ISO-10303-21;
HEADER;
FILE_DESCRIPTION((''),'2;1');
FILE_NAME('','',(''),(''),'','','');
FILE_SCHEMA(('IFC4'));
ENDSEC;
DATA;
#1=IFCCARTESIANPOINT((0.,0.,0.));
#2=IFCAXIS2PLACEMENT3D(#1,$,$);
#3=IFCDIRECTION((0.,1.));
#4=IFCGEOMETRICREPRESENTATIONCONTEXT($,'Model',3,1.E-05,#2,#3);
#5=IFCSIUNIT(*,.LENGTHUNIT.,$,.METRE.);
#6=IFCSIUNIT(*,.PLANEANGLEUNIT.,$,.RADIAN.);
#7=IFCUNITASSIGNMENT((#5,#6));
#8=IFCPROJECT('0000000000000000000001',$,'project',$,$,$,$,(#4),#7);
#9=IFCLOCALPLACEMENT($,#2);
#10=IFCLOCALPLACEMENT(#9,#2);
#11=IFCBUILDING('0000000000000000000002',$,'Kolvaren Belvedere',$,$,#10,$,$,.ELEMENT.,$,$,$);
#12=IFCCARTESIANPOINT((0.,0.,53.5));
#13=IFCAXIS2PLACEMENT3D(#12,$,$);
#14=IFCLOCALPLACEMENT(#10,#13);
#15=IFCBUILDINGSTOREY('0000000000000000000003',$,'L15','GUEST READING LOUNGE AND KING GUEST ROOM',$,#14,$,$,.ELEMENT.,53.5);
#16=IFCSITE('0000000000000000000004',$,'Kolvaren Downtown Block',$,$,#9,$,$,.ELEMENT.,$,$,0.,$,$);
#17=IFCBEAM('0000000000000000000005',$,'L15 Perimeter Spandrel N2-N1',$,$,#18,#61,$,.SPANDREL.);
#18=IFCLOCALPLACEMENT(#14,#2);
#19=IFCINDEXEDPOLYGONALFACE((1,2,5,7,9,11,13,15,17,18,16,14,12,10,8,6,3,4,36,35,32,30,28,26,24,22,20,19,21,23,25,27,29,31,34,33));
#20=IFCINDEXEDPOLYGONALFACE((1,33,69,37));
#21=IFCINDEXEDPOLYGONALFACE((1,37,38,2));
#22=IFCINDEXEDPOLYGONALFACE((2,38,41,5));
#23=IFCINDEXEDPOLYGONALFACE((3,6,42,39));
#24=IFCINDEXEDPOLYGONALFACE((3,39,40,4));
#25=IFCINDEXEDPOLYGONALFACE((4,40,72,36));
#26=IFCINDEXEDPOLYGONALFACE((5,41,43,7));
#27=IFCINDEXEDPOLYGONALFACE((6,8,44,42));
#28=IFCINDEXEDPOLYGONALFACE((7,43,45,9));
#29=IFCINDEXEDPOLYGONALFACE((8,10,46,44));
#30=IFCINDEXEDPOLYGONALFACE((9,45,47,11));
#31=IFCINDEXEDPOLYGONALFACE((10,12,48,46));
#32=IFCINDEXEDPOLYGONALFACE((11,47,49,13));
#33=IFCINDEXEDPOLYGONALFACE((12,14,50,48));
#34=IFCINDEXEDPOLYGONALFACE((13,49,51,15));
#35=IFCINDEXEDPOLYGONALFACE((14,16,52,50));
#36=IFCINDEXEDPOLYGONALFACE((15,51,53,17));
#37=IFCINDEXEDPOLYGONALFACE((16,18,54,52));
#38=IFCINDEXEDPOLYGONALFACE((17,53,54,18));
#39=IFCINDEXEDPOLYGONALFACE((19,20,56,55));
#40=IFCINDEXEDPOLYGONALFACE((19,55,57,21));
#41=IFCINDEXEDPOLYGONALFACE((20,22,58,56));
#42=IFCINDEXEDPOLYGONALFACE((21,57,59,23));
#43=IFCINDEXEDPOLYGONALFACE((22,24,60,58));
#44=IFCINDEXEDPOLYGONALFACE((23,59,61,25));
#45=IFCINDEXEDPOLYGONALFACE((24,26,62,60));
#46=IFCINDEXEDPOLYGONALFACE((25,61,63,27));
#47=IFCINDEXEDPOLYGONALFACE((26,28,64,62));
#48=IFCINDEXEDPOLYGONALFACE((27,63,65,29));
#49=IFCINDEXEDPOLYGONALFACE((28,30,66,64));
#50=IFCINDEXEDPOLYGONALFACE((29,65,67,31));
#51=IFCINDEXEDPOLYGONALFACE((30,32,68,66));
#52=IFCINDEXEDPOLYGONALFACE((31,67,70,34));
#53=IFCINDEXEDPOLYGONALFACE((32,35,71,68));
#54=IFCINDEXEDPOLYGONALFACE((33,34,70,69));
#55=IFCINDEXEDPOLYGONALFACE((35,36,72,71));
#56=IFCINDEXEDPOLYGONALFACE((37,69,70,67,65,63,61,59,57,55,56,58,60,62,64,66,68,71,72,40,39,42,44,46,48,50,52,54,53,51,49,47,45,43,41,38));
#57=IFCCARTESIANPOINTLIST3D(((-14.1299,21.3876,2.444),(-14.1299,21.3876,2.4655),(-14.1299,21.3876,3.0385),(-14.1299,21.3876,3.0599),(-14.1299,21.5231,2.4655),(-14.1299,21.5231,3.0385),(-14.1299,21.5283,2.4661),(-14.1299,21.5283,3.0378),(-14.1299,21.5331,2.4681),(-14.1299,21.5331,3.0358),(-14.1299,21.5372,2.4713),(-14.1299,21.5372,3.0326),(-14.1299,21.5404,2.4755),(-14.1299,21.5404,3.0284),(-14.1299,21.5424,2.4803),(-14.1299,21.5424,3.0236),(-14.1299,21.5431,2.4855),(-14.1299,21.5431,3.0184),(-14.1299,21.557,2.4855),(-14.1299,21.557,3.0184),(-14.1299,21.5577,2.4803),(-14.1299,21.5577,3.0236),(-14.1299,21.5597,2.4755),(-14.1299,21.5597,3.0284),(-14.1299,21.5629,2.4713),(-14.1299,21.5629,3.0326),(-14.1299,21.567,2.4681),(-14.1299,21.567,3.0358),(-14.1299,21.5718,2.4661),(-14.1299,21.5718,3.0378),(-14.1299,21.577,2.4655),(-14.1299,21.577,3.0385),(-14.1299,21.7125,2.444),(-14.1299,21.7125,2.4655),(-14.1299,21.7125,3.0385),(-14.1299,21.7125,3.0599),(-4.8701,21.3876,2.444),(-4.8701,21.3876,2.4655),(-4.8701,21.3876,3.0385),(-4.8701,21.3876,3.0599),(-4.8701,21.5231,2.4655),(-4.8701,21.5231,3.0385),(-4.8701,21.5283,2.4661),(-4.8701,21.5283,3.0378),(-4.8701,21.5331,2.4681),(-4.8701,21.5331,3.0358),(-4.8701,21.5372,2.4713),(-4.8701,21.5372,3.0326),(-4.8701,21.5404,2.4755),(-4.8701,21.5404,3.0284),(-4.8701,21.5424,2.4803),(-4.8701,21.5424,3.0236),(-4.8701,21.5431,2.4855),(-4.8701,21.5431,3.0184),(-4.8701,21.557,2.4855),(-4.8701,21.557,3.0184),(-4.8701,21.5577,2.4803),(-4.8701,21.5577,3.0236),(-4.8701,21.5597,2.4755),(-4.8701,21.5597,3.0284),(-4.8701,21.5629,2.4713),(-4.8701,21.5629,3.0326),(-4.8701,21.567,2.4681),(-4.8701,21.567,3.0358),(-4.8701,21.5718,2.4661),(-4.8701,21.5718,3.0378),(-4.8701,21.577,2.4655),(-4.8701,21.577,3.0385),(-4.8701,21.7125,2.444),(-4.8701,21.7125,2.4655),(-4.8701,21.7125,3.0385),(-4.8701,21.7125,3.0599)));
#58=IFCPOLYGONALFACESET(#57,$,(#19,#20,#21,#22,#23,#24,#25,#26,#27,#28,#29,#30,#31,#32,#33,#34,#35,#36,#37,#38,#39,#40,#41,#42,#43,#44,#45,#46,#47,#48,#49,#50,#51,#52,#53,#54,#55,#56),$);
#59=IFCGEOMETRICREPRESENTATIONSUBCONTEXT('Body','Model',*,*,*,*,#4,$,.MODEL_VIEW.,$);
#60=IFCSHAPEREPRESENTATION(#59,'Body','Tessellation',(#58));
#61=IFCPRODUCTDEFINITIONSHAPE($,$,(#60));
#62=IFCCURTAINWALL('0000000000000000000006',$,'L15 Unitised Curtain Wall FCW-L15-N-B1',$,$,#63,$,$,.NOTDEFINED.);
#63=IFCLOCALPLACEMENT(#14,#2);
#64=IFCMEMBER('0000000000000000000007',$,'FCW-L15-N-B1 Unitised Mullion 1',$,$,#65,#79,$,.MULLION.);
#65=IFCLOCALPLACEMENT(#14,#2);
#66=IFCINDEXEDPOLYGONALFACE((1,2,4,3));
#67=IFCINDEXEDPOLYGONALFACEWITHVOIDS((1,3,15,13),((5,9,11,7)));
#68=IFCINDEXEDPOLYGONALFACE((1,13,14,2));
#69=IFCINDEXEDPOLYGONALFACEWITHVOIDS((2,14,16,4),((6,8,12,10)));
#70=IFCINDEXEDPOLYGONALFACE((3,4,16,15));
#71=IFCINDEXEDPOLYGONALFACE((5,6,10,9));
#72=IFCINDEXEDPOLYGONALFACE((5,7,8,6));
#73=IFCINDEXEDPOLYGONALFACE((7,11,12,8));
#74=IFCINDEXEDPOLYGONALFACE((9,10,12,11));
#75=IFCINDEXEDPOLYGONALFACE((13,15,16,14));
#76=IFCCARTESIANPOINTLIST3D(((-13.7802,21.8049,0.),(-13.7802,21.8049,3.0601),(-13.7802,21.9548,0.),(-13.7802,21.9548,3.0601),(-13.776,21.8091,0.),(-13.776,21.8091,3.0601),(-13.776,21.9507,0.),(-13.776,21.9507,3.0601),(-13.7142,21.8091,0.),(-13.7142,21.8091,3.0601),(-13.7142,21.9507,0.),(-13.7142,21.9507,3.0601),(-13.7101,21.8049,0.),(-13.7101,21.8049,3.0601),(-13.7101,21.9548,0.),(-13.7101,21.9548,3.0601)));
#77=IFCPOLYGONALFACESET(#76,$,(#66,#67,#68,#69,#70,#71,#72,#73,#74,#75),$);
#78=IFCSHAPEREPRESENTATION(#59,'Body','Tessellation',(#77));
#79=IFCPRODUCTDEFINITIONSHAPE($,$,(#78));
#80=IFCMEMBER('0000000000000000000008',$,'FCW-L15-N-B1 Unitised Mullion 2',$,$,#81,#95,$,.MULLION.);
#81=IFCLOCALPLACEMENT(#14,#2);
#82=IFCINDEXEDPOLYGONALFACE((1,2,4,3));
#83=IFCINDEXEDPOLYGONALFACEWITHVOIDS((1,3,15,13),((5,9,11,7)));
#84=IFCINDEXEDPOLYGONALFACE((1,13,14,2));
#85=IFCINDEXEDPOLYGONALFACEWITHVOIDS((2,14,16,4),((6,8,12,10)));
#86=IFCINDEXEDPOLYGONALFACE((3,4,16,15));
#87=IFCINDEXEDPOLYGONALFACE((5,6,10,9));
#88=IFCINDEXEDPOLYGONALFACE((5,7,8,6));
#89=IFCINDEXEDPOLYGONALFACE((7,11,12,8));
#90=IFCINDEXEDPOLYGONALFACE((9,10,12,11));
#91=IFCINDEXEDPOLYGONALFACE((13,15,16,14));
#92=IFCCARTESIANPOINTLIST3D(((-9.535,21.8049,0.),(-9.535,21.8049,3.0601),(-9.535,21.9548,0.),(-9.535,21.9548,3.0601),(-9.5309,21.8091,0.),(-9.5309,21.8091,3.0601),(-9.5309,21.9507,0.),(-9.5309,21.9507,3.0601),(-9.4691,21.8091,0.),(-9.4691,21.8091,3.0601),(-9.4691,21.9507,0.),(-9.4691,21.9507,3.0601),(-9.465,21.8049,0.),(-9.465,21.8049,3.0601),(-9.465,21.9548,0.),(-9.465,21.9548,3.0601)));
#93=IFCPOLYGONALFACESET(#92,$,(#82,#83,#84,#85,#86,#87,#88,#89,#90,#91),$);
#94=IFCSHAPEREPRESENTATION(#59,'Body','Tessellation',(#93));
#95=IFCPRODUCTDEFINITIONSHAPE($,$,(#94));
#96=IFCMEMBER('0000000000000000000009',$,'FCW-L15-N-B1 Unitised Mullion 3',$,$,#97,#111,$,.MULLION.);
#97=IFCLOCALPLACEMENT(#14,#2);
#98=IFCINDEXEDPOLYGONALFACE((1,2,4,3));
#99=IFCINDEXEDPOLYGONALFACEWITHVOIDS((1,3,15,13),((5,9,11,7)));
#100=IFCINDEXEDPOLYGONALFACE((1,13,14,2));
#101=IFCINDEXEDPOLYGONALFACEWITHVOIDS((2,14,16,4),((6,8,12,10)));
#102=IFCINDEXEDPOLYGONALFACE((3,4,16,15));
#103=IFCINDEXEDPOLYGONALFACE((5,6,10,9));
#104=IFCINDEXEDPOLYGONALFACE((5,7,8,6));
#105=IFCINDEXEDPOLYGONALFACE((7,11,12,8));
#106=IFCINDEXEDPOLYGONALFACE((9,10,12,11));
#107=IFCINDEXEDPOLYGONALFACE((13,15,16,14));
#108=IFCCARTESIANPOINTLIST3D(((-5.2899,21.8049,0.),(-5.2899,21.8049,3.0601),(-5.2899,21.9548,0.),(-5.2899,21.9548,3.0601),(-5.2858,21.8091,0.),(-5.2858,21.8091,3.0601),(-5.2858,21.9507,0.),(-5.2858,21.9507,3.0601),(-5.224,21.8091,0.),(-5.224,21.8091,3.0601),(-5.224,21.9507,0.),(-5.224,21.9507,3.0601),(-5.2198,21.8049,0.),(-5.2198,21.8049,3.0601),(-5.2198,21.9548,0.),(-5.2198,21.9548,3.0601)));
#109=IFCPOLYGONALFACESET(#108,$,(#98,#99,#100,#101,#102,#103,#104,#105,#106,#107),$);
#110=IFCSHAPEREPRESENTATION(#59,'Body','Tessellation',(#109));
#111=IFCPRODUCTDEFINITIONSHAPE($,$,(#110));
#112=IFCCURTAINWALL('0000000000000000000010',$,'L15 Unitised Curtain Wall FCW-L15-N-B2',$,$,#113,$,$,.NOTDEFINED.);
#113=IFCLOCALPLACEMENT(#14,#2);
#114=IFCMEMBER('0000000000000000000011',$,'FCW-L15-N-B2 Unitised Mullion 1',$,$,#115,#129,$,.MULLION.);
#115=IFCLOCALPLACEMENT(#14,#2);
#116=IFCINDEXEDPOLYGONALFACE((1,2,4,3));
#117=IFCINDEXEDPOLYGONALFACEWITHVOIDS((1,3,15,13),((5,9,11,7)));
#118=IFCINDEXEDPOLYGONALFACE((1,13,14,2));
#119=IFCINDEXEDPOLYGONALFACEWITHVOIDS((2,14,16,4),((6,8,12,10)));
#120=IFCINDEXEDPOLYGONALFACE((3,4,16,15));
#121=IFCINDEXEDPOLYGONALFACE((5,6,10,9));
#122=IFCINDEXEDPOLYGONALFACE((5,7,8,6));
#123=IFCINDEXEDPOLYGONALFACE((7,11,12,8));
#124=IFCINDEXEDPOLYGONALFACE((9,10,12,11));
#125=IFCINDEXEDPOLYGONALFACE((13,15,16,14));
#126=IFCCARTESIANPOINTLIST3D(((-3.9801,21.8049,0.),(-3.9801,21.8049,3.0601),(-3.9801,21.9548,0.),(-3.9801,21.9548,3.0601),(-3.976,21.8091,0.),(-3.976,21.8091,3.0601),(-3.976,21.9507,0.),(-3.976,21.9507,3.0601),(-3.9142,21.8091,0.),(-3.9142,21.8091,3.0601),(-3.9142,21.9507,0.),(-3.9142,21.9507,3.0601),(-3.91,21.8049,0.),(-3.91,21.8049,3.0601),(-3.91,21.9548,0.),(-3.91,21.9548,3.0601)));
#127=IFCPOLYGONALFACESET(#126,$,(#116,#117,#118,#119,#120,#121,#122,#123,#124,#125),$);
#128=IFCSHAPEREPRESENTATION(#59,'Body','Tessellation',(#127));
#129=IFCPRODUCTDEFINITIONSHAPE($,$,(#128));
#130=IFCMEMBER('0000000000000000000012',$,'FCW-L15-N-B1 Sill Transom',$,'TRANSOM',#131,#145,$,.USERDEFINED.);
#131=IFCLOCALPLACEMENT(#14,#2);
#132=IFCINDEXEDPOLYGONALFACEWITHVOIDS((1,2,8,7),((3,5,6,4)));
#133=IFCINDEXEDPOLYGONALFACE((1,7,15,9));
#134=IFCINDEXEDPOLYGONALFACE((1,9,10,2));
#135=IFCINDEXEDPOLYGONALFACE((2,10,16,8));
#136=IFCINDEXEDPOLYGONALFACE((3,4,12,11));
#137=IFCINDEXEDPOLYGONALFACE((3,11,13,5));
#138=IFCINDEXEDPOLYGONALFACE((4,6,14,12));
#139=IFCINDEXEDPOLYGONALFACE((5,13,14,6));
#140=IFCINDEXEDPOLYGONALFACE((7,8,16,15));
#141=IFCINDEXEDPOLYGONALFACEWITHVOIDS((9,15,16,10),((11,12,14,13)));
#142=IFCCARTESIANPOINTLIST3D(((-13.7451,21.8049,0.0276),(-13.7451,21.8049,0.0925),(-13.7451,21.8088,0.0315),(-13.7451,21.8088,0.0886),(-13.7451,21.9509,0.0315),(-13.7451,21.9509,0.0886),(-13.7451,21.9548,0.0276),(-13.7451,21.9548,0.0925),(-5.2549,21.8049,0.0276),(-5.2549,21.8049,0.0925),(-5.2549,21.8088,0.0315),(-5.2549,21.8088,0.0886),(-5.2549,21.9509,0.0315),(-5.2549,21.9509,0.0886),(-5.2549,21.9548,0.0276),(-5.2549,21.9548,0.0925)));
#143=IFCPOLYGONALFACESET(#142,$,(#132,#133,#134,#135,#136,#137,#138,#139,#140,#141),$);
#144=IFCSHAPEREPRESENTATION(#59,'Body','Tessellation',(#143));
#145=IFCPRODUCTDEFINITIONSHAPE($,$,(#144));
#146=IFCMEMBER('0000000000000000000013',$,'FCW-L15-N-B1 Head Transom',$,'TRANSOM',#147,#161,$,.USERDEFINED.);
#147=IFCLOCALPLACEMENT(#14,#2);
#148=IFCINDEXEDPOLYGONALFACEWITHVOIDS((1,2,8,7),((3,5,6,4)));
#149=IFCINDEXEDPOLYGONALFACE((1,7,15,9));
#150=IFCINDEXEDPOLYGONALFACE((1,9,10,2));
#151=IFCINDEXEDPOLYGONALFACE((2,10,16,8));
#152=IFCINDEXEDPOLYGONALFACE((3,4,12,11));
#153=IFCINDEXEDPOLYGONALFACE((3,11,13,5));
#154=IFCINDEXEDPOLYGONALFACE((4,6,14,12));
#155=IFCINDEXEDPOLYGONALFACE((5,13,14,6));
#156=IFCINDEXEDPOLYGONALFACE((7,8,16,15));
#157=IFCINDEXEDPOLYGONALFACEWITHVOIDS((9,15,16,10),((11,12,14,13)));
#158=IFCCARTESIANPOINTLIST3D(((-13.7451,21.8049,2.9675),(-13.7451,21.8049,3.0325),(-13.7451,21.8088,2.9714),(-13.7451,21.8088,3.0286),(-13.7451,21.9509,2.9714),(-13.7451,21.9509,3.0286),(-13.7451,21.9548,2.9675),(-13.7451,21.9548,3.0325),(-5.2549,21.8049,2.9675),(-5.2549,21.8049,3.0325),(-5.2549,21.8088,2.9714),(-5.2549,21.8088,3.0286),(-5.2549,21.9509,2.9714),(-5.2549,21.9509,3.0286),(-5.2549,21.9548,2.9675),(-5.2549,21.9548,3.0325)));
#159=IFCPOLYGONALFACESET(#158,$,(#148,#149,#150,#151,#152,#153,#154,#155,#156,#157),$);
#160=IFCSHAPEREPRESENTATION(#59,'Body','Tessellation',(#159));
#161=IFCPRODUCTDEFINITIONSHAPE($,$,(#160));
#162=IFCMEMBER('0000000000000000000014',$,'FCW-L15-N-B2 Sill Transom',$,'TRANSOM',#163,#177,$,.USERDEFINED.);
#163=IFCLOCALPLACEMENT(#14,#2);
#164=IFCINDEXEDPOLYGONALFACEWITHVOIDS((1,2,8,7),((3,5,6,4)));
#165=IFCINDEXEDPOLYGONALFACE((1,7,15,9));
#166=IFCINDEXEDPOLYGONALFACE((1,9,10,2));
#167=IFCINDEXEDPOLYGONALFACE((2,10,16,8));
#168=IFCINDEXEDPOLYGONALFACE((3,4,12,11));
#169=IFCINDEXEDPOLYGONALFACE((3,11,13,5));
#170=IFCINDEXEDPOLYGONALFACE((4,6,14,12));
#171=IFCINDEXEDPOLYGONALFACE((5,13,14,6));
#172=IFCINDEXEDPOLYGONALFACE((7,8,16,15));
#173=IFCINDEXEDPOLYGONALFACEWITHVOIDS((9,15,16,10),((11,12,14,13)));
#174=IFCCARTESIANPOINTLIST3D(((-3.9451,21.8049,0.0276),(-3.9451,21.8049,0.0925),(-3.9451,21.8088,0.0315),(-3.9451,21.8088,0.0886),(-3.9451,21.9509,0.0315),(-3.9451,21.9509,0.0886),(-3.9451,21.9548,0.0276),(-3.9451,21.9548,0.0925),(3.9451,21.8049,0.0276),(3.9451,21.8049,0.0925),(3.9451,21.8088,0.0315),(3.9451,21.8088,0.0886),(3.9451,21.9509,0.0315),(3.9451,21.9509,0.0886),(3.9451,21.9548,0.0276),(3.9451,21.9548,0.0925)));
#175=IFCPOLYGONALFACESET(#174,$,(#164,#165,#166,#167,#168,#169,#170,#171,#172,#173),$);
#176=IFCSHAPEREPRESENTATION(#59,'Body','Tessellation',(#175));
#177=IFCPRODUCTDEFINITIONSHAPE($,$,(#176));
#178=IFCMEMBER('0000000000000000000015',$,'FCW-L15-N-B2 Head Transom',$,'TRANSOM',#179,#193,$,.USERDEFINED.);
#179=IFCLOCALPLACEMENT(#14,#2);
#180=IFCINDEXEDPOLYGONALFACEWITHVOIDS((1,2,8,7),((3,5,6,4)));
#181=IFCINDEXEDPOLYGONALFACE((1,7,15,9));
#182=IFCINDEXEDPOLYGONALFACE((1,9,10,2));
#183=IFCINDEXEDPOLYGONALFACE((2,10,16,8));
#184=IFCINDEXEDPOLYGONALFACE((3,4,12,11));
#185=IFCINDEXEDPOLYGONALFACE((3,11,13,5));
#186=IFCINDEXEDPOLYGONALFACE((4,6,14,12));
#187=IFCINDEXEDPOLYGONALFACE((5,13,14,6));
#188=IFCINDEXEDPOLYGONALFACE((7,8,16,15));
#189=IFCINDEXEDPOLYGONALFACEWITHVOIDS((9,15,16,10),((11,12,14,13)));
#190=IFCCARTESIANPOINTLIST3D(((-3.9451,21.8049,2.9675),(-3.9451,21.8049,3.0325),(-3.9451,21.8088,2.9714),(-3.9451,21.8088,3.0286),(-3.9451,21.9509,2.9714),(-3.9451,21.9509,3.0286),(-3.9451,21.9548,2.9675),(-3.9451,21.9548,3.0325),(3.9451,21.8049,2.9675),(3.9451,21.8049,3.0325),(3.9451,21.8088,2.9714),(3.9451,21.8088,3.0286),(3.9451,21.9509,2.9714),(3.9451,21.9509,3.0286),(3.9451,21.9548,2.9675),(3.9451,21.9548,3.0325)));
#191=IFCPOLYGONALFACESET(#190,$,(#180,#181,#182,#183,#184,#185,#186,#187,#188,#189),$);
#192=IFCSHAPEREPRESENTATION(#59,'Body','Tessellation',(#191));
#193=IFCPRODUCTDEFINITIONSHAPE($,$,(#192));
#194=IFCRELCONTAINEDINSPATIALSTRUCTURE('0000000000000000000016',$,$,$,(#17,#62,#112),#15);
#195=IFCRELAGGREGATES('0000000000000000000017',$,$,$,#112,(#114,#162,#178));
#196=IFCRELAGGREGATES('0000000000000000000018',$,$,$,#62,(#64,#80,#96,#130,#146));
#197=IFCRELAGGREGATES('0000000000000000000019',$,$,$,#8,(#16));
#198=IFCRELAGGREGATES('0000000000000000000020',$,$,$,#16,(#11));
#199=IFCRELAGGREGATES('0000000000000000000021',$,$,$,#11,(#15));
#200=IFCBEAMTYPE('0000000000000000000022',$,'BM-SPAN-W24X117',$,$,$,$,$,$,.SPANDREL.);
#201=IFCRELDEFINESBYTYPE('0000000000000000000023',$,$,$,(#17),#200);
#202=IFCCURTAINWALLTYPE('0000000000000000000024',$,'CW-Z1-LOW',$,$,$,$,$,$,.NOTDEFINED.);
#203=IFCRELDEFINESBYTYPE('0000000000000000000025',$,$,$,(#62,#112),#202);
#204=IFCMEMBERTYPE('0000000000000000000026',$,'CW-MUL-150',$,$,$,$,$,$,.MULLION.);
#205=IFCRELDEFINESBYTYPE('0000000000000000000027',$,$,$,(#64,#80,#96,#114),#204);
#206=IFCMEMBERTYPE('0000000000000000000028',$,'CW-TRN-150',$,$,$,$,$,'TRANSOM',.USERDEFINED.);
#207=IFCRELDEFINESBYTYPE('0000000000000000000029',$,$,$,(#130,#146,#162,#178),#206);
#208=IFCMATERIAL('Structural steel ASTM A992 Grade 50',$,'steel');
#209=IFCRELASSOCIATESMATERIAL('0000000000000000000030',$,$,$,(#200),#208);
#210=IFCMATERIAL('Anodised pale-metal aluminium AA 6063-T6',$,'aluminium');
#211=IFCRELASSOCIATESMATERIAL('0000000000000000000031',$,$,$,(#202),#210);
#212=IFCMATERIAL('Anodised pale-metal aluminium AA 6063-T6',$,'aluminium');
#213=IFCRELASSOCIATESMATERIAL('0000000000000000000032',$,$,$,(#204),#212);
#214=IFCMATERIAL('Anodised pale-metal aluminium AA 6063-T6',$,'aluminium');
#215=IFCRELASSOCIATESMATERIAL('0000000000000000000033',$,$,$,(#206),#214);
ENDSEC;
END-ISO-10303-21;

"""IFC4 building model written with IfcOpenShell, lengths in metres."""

from ifc_helpers import new_model, si_unit, direction, frame, origin, origin_2d, place, context, subcontext, project, spatial, hollow_rectangle, i_section, extrude, material, material_profile, profile_set, type_object, element, aggregate, save


model = new_model("IFC4")

# Units and contexts
model_context = context("Model", 3, precision=1e-05, world=origin(), true_north=direction((0.0, 1.0)))
body_context = subcontext(model_context, "Body", "Model", "MODEL_VIEW")
ifc_project = project(units=[si_unit("LENGTHUNIT", "METRE"), si_unit("PLANEANGLEUNIT", "RADIAN")], contexts=[model_context])

# Site, building, storey
site_placement = place(None, origin())
site = spatial("IfcSite", under=ifc_project, at=site_placement, Name="Kolvaren Downtown Block", CompositionType="ELEMENT", RefElevation=0.0)
building_placement = place(site_placement, origin())
building = spatial("IfcBuilding", under=site, at=building_placement, Name="Kolvaren Belvedere", CompositionType="ELEMENT")
storey_placement = place(building_placement, frame((0.0, 0.0, 53.5)))
storey = spatial("IfcBuildingStorey", under=building, at=storey_placement, Name="L15", Description="GUEST READING LOUNGE AND KING GUEST ROOM", CompositionType="ELEMENT", Elevation=53.5)

# Beam
ifc_material_1 = material(Name="Structural steel ASTM A992 Grade 50", Category="steel")
ifc_material_profile_1 = material_profile(ifc_material_1, i_section(OverallWidth=0.325, OverallDepth=0.616, WebThickness=0.0139, FlangeThickness=0.0215, FilletRadius=0.02, at=origin_2d()), Name="W24X117")
ifc_profile_set_1 = profile_set([ifc_material_profile_1], Name="Structural steel ASTM A992 Grade 50")
beam_type_1 = type_object("IfcBeamType", Name="BM-SPAN-W24X117", PredefinedType="SPANDREL", material=ifc_profile_set_1)
beam_1_placement = place(storey_placement, frame((-4.8701, 21.55, 2.752), z_axis=(-1.0, 0.0, 0.0), x_axis=(0.0, -1.0, 0.0)))
element("IfcBeam", 1, at=beam_1_placement, inside=storey, type_object=beam_type_1, Name="L15 Perimeter Spandrel N2-N1", PredefinedType="SPANDREL", context=body_context, shape_type="SweptSolid", body=[
    extrude(i_section(OverallWidth=0.325, OverallDepth=0.616, WebThickness=0.0139, FlangeThickness=0.0215, FilletRadius=0.02, at=origin_2d()), origin(), (0.0, 0.0, 1.0), 9.2598),
])

# Curtain wall, members
ifc_material_2 = material(Name="Anodised pale-metal aluminium AA 6063-T6", Category="aluminium")
curtain_wall_type = type_object("IfcCurtainWallType", Name="CW-Z1-LOW", PredefinedType="NOTDEFINED", material=ifc_material_2)
curtain_wall_1_placement = place(storey_placement, origin())
curtain_wall_1 = element("IfcCurtainWall", 2, at=curtain_wall_1_placement, inside=storey, type_object=curtain_wall_type, Name="L15 Unitised Curtain Wall FCW-L15-N-B1", PredefinedType="NOTDEFINED")
ifc_material_3 = material(Name="Anodised pale-metal aluminium AA 6063-T6", Category="aluminium")
ifc_material_profile_2 = material_profile(ifc_material_3, hollow_rectangle(XDim=0.0701, YDim=0.1499, WallThickness=0.0042, at=origin_2d()), Name="ALU-MUL-150X70")
ifc_profile_set_2 = profile_set([ifc_material_profile_2], Name="Anodised pale-metal aluminium AA 6063-T6")
member_type_1 = type_object("IfcMemberType", Name="CW-MUL-150", PredefinedType="MULLION", material=ifc_profile_set_2)
member_1_placement = place(storey_placement, frame((-13.7451, 21.8799, 0.0), z_axis=(0.0, 0.0, 1.0), x_axis=(1.0, 0.0, 0.0)))
member_1 = element("IfcMember", 3, at=member_1_placement, type_object=member_type_1, Name="FCW-L15-N-B1 Unitised Mullion 1", PredefinedType="MULLION", context=body_context, shape_type="SweptSolid", body=[
    extrude(hollow_rectangle(XDim=0.0701, YDim=0.1499, WallThickness=0.0042, at=origin_2d()), origin(), (0.0, 0.0, 1.0), 3.0601),
])
member_2_placement = place(storey_placement, frame((-9.5, 21.8799, 0.0), z_axis=(0.0, 0.0, 1.0), x_axis=(1.0, 0.0, 0.0)))
member_2 = element("IfcMember", 4, at=member_2_placement, type_object=member_type_1, Name="FCW-L15-N-B1 Unitised Mullion 2", PredefinedType="MULLION", context=body_context, shape_type="SweptSolid", body=[
    extrude(hollow_rectangle(XDim=0.0701, YDim=0.1499, WallThickness=0.0042, at=origin_2d()), origin(), (0.0, 0.0, 1.0), 3.0601),
])
member_3_placement = place(storey_placement, frame((-5.2549, 21.8799, 0.0), z_axis=(0.0, 0.0, 1.0), x_axis=(1.0, 0.0, 0.0)))
member_3 = element("IfcMember", 5, at=member_3_placement, type_object=member_type_1, Name="FCW-L15-N-B1 Unitised Mullion 3", PredefinedType="MULLION", context=body_context, shape_type="SweptSolid", body=[
    extrude(hollow_rectangle(XDim=0.0701, YDim=0.1499, WallThickness=0.0042, at=origin_2d()), origin(), (0.0, 0.0, 1.0), 3.0601),
])

# Curtain wall, member
curtain_wall_2_placement = place(storey_placement, origin())
curtain_wall_2 = element("IfcCurtainWall", 6, at=curtain_wall_2_placement, inside=storey, type_object=curtain_wall_type, Name="L15 Unitised Curtain Wall FCW-L15-N-B2", PredefinedType="NOTDEFINED")
member_4_placement = place(storey_placement, frame((-3.9451, 21.8799, 0.0), z_axis=(0.0, 0.0, 1.0), x_axis=(1.0, 0.0, 0.0)))
member_4 = element("IfcMember", 7, at=member_4_placement, type_object=member_type_1, Name="FCW-L15-N-B2 Unitised Mullion 1", PredefinedType="MULLION", context=body_context, shape_type="SweptSolid", body=[
    extrude(hollow_rectangle(XDim=0.0701, YDim=0.1499, WallThickness=0.0042, at=origin_2d()), origin(), (0.0, 0.0, 1.0), 3.0601),
])

# Members
ifc_material_4 = material(Name="Anodised pale-metal aluminium AA 6063-T6", Category="aluminium")
ifc_material_profile_3 = material_profile(ifc_material_4, hollow_rectangle(XDim=0.0649, YDim=0.1499, WallThickness=0.0039, at=origin_2d()), Name="ALU-TRN-150X65")
ifc_profile_set_3 = profile_set([ifc_material_profile_3], Name="Anodised pale-metal aluminium AA 6063-T6")
member_type_2 = type_object("IfcMemberType", Name="CW-TRN-150", ElementType="TRANSOM", PredefinedType="USERDEFINED", material=ifc_profile_set_3)
member_5_placement = place(storey_placement, frame((-13.7451, 21.8799, 0.0601), z_axis=(1.0, 0.0, 0.0), x_axis=(0.0, 0.0, 1.0)))
member_5 = element("IfcMember", 8, at=member_5_placement, type_object=member_type_2, Name="FCW-L15-N-B1 Sill Transom", ObjectType="TRANSOM", PredefinedType="USERDEFINED", context=body_context, shape_type="SweptSolid", body=[
    extrude(hollow_rectangle(XDim=0.0649, YDim=0.1499, WallThickness=0.0039, at=origin_2d()), origin(), (0.0, 0.0, 1.0), 8.4902),
])
member_6_placement = place(storey_placement, frame((-13.7451, 21.8799, 3.0), z_axis=(1.0, 0.0, 0.0), x_axis=(0.0, 0.0, 1.0)))
member_6 = element("IfcMember", 9, at=member_6_placement, type_object=member_type_2, Name="FCW-L15-N-B1 Head Transom", ObjectType="TRANSOM", PredefinedType="USERDEFINED", context=body_context, shape_type="SweptSolid", body=[
    extrude(hollow_rectangle(XDim=0.0649, YDim=0.1499, WallThickness=0.0039, at=origin_2d()), origin(), (0.0, 0.0, 1.0), 8.4902),
])
member_7_placement = place(storey_placement, frame((-3.9451, 21.8799, 0.0601), z_axis=(1.0, 0.0, 0.0), x_axis=(0.0, 0.0, 1.0)))
member_7 = element("IfcMember", 10, at=member_7_placement, type_object=member_type_2, Name="FCW-L15-N-B2 Sill Transom", ObjectType="TRANSOM", PredefinedType="USERDEFINED", context=body_context, shape_type="SweptSolid", body=[
    extrude(hollow_rectangle(XDim=0.0649, YDim=0.1499, WallThickness=0.0039, at=origin_2d()), origin(), (0.0, 0.0, 1.0), 7.8901),
])
member_8_placement = place(storey_placement, frame((-3.9451, 21.8799, 3.0), z_axis=(1.0, 0.0, 0.0), x_axis=(0.0, 0.0, 1.0)))
member_8 = element("IfcMember", 11, at=member_8_placement, type_object=member_type_2, Name="FCW-L15-N-B2 Head Transom", ObjectType="TRANSOM", PredefinedType="USERDEFINED", context=body_context, shape_type="SweptSolid", body=[
    extrude(hollow_rectangle(XDim=0.0649, YDim=0.1499, WallThickness=0.0039, at=origin_2d()), origin(), (0.0, 0.0, 1.0), 7.8901),
])
aggregate(curtain_wall_2, [member_4, member_7, member_8])

aggregate(curtain_wall_1, [member_1, member_2, member_3, member_5, member_6])

save(model, "model.ifc")
